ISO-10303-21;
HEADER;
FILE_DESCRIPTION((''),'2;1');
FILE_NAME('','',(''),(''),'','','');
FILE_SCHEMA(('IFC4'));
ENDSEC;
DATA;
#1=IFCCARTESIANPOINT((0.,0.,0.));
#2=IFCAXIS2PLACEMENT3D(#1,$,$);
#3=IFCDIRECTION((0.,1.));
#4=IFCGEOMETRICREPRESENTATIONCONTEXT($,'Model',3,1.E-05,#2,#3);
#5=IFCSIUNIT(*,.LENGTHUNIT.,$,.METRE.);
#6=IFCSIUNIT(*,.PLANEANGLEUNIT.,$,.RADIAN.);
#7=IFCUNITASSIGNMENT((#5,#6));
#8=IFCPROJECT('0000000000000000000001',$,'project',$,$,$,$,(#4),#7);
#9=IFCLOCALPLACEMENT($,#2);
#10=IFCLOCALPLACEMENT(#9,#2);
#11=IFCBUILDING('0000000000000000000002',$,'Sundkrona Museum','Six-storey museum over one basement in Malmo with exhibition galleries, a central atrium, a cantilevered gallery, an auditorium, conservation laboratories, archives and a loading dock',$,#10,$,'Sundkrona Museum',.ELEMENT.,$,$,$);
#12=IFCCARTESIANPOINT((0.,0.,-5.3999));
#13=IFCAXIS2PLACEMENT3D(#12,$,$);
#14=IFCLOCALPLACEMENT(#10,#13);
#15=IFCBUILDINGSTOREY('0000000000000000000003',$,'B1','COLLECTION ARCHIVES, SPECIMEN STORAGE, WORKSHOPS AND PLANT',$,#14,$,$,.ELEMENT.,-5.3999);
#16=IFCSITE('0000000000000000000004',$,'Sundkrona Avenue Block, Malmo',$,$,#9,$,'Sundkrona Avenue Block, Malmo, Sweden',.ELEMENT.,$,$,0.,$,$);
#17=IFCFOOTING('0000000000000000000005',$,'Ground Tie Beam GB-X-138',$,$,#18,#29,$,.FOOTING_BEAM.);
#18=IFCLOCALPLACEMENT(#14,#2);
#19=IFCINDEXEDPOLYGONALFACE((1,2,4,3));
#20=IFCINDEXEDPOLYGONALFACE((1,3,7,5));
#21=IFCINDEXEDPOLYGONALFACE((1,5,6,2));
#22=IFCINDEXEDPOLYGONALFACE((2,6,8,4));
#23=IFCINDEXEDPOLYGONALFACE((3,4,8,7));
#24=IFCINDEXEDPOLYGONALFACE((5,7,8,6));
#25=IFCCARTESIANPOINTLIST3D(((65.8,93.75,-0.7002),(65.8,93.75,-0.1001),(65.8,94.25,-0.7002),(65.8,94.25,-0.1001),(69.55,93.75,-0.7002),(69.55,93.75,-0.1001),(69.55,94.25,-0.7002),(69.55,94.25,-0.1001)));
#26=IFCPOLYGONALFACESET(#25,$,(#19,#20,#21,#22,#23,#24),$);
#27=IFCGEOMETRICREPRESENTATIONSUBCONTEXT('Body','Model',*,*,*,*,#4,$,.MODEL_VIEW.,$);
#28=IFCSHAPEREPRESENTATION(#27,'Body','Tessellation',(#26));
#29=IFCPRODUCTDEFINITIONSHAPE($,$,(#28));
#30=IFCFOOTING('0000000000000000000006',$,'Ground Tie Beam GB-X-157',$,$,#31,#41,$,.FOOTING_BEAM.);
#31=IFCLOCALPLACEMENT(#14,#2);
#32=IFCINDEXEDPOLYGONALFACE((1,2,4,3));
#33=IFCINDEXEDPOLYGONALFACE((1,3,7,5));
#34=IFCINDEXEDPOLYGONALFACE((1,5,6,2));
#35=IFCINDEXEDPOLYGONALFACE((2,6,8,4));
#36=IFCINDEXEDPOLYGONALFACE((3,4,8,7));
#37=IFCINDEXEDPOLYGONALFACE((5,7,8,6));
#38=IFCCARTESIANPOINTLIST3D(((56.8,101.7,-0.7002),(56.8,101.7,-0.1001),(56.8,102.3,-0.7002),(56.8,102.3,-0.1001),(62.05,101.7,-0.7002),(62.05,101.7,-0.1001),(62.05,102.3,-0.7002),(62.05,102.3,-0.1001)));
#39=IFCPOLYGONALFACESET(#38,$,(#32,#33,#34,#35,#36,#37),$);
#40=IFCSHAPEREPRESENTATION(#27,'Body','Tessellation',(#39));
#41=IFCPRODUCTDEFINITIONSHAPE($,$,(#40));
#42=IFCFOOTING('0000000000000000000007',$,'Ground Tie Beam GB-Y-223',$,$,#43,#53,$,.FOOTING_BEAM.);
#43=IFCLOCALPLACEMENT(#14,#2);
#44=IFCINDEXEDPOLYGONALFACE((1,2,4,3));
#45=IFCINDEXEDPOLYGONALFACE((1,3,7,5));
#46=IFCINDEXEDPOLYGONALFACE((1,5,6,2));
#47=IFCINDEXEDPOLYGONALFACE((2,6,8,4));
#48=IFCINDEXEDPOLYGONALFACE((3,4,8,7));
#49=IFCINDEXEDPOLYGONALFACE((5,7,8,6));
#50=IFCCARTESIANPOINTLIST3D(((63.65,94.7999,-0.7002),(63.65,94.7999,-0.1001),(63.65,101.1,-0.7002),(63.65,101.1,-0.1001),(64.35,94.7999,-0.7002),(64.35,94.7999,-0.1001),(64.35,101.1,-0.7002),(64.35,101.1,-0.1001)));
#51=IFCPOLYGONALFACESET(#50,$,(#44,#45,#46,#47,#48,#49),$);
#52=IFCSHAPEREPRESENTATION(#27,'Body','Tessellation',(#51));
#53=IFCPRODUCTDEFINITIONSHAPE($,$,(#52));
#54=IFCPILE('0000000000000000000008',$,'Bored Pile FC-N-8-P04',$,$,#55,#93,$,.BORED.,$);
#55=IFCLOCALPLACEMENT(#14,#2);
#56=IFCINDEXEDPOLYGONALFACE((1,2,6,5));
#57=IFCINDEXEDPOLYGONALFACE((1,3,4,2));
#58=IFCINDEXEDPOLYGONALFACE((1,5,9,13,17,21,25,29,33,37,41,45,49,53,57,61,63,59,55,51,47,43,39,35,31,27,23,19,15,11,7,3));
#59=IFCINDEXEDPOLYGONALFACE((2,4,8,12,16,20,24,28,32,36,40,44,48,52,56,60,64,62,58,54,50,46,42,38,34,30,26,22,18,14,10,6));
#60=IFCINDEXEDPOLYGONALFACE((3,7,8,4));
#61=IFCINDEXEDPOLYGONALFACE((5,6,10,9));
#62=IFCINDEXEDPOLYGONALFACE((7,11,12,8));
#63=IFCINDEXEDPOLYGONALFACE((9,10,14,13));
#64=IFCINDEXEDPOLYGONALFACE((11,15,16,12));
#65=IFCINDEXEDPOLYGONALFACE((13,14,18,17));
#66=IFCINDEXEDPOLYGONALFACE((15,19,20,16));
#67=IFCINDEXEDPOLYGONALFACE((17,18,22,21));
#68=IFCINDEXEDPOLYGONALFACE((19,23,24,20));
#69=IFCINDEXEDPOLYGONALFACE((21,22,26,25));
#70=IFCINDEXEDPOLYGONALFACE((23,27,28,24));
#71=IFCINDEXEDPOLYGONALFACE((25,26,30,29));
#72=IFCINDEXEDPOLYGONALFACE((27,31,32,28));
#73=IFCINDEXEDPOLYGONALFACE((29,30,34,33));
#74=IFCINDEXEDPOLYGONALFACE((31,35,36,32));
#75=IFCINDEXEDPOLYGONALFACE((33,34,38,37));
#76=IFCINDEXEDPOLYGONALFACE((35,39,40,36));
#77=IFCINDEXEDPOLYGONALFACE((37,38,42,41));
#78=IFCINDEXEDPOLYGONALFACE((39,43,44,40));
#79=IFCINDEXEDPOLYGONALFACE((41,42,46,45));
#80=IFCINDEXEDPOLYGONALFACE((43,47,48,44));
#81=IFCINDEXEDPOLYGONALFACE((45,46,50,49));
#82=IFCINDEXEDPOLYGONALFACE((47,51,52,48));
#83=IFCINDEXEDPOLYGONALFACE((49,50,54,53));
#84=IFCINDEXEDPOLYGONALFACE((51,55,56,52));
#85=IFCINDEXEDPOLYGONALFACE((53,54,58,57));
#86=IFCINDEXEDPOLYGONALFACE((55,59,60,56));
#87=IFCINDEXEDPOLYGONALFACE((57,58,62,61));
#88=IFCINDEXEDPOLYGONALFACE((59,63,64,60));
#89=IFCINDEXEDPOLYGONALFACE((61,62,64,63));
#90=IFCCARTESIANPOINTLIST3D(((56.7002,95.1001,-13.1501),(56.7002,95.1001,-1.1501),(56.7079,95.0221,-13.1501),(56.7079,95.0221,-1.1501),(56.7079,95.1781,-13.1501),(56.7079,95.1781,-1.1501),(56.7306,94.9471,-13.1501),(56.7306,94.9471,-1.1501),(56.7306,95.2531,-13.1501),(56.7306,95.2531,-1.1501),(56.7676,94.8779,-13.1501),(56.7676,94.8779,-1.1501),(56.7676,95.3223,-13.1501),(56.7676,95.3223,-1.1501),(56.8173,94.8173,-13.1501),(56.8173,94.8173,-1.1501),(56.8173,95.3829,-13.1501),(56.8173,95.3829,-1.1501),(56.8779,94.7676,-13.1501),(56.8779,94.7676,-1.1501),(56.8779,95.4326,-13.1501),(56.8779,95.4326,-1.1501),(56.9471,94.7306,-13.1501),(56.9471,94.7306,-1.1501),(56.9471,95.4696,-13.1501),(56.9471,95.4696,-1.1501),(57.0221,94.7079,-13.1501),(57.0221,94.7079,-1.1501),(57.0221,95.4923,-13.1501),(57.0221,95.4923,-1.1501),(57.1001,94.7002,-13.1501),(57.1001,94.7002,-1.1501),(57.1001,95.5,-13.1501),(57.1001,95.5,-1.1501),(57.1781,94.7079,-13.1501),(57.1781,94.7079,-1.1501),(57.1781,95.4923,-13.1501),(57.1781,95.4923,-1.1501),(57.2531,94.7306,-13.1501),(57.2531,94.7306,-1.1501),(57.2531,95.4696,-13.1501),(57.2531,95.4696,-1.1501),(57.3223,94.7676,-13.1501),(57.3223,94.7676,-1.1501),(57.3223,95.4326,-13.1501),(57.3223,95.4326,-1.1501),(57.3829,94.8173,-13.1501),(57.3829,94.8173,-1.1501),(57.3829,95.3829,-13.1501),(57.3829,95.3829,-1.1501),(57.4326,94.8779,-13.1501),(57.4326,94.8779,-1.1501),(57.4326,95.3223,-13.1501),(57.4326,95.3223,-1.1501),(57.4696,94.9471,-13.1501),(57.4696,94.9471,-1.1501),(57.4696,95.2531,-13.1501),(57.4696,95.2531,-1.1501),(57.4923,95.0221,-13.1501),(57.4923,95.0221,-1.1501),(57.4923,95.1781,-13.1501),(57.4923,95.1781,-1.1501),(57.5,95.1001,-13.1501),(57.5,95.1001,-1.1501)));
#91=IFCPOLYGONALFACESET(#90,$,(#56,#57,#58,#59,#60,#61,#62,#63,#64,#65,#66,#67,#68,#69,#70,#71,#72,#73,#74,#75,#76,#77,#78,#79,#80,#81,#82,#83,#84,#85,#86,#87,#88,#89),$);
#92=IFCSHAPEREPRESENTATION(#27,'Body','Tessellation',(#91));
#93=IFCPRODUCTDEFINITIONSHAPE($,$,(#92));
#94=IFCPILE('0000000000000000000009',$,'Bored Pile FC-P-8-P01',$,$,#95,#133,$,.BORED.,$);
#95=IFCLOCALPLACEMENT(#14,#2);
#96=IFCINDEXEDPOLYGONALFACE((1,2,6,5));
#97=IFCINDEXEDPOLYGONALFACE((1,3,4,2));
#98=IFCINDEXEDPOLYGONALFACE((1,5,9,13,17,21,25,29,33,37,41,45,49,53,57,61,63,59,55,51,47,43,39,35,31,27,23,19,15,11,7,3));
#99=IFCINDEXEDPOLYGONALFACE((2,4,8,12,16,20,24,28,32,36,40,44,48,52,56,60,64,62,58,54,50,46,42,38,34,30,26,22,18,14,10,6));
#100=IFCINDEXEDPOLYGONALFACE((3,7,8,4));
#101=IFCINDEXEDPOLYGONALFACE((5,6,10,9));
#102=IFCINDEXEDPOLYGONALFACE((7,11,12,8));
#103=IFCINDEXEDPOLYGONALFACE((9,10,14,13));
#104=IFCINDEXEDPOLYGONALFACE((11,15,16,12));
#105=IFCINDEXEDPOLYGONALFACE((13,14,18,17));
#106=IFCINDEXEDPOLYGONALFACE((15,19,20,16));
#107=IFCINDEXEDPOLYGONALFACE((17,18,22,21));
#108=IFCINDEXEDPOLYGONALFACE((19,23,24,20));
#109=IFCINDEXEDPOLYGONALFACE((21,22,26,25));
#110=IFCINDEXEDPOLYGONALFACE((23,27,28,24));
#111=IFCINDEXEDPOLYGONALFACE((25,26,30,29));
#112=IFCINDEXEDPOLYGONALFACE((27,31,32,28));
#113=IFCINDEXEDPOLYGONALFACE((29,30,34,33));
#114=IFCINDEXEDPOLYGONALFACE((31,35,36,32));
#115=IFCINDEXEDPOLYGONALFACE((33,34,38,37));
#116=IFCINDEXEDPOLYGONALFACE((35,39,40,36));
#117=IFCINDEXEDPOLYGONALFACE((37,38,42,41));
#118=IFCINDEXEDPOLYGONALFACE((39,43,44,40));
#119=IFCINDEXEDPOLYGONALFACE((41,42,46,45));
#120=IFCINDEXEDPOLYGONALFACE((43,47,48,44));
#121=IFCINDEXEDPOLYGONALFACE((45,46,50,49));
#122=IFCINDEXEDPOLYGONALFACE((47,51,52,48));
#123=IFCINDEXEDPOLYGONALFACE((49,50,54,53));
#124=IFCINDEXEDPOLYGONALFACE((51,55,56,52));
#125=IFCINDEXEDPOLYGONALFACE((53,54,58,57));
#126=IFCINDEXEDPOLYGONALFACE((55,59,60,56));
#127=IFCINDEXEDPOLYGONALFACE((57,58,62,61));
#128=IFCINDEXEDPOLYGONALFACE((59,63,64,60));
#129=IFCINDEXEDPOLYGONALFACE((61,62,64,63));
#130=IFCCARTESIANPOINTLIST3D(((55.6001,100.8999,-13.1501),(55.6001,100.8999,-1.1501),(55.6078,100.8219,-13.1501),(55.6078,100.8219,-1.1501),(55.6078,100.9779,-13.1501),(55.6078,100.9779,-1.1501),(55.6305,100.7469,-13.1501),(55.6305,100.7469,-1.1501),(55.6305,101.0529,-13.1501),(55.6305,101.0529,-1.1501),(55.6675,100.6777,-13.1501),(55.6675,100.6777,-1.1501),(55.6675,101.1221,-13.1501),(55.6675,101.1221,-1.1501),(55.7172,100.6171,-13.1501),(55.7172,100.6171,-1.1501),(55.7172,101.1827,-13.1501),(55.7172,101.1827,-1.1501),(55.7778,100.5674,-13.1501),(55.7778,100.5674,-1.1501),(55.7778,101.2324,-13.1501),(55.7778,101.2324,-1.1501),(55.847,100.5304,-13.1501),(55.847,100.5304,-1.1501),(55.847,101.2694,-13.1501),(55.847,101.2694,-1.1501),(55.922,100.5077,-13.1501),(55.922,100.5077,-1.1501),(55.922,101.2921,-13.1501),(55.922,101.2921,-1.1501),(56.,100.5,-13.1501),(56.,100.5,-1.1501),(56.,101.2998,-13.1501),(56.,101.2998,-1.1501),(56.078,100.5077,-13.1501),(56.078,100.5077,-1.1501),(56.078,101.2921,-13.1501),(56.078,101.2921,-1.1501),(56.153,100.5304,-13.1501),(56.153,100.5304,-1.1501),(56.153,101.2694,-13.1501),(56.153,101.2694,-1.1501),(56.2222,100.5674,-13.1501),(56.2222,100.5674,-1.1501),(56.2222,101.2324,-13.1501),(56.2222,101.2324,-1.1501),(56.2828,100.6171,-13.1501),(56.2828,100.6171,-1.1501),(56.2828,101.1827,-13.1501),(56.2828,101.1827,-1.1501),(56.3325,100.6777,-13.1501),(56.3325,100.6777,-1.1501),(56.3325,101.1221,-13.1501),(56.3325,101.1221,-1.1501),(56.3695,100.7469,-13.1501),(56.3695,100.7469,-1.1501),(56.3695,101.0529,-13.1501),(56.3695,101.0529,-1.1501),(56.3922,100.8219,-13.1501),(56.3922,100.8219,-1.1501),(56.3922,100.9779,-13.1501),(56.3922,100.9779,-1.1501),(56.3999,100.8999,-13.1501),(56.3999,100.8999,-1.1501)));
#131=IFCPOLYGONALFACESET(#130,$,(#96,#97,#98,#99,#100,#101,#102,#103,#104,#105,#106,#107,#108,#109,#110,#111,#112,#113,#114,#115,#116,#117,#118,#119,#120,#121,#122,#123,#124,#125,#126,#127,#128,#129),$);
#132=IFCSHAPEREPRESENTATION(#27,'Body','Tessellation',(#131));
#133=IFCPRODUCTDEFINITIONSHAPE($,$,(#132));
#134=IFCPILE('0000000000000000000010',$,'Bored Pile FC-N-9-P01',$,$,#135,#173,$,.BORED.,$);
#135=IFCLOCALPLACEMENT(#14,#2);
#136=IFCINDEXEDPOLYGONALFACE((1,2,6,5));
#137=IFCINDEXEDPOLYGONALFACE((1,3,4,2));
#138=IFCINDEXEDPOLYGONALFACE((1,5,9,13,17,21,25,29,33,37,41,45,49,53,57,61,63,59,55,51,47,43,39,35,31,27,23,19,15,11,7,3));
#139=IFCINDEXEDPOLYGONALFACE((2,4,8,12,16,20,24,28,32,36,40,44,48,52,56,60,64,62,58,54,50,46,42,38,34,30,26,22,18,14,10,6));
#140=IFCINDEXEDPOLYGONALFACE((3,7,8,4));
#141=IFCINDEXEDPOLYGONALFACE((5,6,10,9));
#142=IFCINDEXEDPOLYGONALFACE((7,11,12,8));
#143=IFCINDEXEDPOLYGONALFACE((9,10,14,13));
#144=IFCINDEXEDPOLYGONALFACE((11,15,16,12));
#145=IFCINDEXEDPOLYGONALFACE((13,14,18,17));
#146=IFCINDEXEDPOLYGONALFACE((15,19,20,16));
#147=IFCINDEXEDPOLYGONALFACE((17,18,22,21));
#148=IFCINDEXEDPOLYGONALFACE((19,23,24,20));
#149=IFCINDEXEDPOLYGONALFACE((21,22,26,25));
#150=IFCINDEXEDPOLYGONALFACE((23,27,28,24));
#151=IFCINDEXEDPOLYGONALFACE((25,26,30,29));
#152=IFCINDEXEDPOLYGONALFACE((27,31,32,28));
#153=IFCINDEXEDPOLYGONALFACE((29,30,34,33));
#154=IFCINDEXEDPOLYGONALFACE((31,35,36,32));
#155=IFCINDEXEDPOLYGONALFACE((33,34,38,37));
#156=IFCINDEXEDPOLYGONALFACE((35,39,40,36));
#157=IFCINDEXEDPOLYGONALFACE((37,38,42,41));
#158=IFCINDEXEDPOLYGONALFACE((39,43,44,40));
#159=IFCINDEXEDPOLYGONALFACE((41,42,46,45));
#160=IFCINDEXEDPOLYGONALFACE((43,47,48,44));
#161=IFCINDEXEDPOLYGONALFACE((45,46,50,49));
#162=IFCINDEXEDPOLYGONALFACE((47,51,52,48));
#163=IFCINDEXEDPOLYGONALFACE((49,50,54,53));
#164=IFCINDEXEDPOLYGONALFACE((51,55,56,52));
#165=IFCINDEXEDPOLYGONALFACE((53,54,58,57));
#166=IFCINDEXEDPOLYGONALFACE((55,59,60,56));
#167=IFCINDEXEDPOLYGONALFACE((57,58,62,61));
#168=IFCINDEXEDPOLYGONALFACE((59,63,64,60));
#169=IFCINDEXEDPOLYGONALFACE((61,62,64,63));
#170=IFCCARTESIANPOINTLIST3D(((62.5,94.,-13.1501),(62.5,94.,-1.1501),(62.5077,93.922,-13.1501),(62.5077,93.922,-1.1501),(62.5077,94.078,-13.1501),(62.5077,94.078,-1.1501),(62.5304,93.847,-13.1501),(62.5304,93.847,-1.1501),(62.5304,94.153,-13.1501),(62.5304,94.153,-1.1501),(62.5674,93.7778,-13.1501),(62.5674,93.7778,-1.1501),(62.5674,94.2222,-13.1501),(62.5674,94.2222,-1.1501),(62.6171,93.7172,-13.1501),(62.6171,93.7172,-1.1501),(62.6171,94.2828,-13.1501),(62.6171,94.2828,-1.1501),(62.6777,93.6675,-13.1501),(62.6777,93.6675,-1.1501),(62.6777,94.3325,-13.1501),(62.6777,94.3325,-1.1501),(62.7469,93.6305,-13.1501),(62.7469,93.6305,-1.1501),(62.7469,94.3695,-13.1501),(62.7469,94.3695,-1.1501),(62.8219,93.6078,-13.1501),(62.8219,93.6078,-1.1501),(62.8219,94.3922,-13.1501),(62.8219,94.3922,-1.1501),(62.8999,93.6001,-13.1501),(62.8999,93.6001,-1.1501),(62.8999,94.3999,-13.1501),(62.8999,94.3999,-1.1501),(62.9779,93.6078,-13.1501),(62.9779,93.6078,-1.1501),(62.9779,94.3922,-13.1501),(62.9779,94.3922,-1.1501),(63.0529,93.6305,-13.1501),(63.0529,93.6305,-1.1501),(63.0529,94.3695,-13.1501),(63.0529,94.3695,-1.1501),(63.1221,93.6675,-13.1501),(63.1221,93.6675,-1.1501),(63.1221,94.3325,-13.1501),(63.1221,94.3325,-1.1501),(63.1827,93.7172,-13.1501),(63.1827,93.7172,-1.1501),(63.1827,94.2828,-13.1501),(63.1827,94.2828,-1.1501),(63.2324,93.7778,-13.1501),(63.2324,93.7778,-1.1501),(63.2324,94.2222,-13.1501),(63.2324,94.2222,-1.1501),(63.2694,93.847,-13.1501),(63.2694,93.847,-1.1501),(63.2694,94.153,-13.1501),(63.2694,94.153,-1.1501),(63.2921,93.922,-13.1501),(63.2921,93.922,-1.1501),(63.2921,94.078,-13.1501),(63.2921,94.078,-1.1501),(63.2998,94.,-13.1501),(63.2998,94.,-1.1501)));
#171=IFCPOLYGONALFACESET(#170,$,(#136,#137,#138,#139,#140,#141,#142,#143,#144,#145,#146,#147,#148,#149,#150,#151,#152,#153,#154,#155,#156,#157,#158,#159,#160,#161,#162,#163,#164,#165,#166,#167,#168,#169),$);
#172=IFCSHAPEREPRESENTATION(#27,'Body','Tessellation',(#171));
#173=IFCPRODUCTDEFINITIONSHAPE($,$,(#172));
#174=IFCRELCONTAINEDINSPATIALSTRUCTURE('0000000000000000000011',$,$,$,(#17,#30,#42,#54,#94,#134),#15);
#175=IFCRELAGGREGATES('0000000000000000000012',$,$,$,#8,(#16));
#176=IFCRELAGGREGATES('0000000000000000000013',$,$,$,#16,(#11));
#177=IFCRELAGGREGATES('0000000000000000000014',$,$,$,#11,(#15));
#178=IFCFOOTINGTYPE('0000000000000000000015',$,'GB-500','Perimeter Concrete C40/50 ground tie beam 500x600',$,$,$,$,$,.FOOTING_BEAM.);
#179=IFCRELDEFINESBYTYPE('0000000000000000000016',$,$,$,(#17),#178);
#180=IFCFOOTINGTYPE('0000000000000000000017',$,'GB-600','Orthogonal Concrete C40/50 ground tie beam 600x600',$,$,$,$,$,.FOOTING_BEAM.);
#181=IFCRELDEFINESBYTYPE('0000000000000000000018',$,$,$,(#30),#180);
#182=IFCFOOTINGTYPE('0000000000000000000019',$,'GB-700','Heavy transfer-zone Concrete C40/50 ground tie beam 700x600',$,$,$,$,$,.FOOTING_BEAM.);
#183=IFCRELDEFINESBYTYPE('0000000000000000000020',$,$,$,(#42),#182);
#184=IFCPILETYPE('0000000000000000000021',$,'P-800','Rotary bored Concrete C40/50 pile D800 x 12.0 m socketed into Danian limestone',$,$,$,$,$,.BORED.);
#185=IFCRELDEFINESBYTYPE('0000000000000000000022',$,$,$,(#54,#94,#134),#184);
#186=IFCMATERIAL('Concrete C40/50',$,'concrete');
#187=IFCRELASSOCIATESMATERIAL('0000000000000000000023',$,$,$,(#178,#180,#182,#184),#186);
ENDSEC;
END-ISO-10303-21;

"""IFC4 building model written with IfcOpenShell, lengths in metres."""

from ifc_helpers import new_model, si_unit, direction, frame, origin, origin_2d, place, context, subcontext, project, spatial, rectangle, circle, extrude, material, material_profile, profile_set, type_object, element, save


model = new_model("IFC4")

# Units and contexts
model_context = context("Model", 3, precision=1e-05, world=origin(), true_north=direction((0.0, 1.0)))
body_context = subcontext(model_context, "Body", "Model", "MODEL_VIEW")
ifc_project = project(units=[si_unit("LENGTHUNIT", "METRE"), si_unit("PLANEANGLEUNIT", "RADIAN")], contexts=[model_context])

# Site, building, storey
site_placement = place(None, origin())
site = spatial("IfcSite", under=ifc_project, at=site_placement, Name="Sundkrona Avenue Block, Malmo", LongName="Sundkrona Avenue Block, Malmo, Sweden", CompositionType="ELEMENT", RefElevation=0.0)
building_placement = place(site_placement, origin())
building = spatial("IfcBuilding", under=site, at=building_placement, Name="Sundkrona Museum", Description="Six-storey museum over one basement in Malmo with exhibition galleries, a central atrium, a cantilevered gallery, an auditorium, conservation laboratories, archives and a loading dock", LongName="Sundkrona Museum", CompositionType="ELEMENT")
storey_placement = place(building_placement, frame((0.0, 0.0, -5.3999)))
storey = spatial("IfcBuildingStorey", under=building, at=storey_placement, Name="B1", Description="COLLECTION ARCHIVES, SPECIMEN STORAGE, WORKSHOPS AND PLANT", CompositionType="ELEMENT", Elevation=-5.3999)

# Footings
ifc_material_1 = material(Name="Concrete C40/50", Category="concrete")
footing_type_1 = type_object("IfcFootingType", Name="GB-500", Description="Perimeter Concrete C40/50 ground tie beam 500x600", PredefinedType="FOOTING_BEAM", material=ifc_material_1)
footing_1_placement = place(storey_placement, frame((67.675, 94.0, -0.7002), z_axis=(0.0, 0.0, 1.0), x_axis=(1.0, 0.0, 0.0)))
element("IfcFooting", 1, at=footing_1_placement, inside=storey, type_object=footing_type_1, Name="Ground Tie Beam GB-X-138", PredefinedType="FOOTING_BEAM", context=body_context, shape_type="SweptSolid", body=[
    extrude(rectangle(XDim=3.75, YDim=0.5, at=origin_2d()), origin(), (0.0, 0.0, 1.0), 0.6001),
])
footing_type_2 = type_object("IfcFootingType", Name="GB-600", Description="Orthogonal Concrete C40/50 ground tie beam 600x600", PredefinedType="FOOTING_BEAM", material=ifc_material_1)
footing_2_placement = place(storey_placement, frame((59.425, 102.0, -0.7002), z_axis=(0.0, 0.0, 1.0), x_axis=(1.0, 0.0, 0.0)))
element("IfcFooting", 2, at=footing_2_placement, inside=storey, type_object=footing_type_2, Name="Ground Tie Beam GB-X-157", PredefinedType="FOOTING_BEAM", context=body_context, shape_type="SweptSolid", body=[
    extrude(rectangle(XDim=5.25, YDim=0.6001, at=origin_2d()), origin(), (0.0, 0.0, 1.0), 0.6001),
])
footing_type_3 = type_object("IfcFootingType", Name="GB-700", Description="Heavy transfer-zone Concrete C40/50 ground tie beam 700x600", PredefinedType="FOOTING_BEAM", material=ifc_material_1)
footing_3_placement = place(storey_placement, frame((64.0, 97.95, -0.7002), z_axis=(0.0, 0.0, 1.0), x_axis=(0.0, 1.0, 0.0)))
element("IfcFooting", 3, at=footing_3_placement, inside=storey, type_object=footing_type_3, Name="Ground Tie Beam GB-Y-223", PredefinedType="FOOTING_BEAM", context=body_context, shape_type="SweptSolid", body=[
    extrude(rectangle(XDim=6.3, YDim=0.7, at=origin_2d()), origin(), (0.0, 0.0, 1.0), 0.6001),
])

# Piles
ifc_material_profile_1 = material_profile(ifc_material_1, circle(Radius=0.3999, at=origin_2d()), Name="PILE D800")
ifc_profile_set_1 = profile_set([ifc_material_profile_1], Name="Concrete C40/50")
pile_type = type_object("IfcPileType", Name="P-800", Description="Rotary bored Concrete C40/50 pile D800 x 12.0 m socketed into Danian limestone", PredefinedType="BORED", material=ifc_profile_set_1)
for number, where, z_axis, x_axis, name in (
    (4, (57.1001, 95.1001, -1.1501), (0.0, 0.0, -1.0), (1.0, 0.0, 0.0), "Bored Pile FC-N-8-P04"),
    (5, (56.0, 100.8999, -1.1501), (0.0, 0.0, -1.0), (1.0, 0.0, 0.0), "Bored Pile FC-P-8-P01"),
    (6, (62.8999, 94.0, -1.1501), (0.0, 0.0, -1.0), (1.0, 0.0, 0.0), "Bored Pile FC-N-9-P01"),
):
    element("IfcPile", number, at=place(storey_placement, frame(where, z_axis=z_axis, x_axis=x_axis)), inside=storey, type_object=pile_type, Name=name, PredefinedType="BORED", context=body_context, shape_type="SweptSolid", body=[
        extrude(circle(Radius=0.3999, at=origin_2d()), origin(), (0.0, 0.0, 1.0), 12.0),
    ])

save(model, "model.ifc")
